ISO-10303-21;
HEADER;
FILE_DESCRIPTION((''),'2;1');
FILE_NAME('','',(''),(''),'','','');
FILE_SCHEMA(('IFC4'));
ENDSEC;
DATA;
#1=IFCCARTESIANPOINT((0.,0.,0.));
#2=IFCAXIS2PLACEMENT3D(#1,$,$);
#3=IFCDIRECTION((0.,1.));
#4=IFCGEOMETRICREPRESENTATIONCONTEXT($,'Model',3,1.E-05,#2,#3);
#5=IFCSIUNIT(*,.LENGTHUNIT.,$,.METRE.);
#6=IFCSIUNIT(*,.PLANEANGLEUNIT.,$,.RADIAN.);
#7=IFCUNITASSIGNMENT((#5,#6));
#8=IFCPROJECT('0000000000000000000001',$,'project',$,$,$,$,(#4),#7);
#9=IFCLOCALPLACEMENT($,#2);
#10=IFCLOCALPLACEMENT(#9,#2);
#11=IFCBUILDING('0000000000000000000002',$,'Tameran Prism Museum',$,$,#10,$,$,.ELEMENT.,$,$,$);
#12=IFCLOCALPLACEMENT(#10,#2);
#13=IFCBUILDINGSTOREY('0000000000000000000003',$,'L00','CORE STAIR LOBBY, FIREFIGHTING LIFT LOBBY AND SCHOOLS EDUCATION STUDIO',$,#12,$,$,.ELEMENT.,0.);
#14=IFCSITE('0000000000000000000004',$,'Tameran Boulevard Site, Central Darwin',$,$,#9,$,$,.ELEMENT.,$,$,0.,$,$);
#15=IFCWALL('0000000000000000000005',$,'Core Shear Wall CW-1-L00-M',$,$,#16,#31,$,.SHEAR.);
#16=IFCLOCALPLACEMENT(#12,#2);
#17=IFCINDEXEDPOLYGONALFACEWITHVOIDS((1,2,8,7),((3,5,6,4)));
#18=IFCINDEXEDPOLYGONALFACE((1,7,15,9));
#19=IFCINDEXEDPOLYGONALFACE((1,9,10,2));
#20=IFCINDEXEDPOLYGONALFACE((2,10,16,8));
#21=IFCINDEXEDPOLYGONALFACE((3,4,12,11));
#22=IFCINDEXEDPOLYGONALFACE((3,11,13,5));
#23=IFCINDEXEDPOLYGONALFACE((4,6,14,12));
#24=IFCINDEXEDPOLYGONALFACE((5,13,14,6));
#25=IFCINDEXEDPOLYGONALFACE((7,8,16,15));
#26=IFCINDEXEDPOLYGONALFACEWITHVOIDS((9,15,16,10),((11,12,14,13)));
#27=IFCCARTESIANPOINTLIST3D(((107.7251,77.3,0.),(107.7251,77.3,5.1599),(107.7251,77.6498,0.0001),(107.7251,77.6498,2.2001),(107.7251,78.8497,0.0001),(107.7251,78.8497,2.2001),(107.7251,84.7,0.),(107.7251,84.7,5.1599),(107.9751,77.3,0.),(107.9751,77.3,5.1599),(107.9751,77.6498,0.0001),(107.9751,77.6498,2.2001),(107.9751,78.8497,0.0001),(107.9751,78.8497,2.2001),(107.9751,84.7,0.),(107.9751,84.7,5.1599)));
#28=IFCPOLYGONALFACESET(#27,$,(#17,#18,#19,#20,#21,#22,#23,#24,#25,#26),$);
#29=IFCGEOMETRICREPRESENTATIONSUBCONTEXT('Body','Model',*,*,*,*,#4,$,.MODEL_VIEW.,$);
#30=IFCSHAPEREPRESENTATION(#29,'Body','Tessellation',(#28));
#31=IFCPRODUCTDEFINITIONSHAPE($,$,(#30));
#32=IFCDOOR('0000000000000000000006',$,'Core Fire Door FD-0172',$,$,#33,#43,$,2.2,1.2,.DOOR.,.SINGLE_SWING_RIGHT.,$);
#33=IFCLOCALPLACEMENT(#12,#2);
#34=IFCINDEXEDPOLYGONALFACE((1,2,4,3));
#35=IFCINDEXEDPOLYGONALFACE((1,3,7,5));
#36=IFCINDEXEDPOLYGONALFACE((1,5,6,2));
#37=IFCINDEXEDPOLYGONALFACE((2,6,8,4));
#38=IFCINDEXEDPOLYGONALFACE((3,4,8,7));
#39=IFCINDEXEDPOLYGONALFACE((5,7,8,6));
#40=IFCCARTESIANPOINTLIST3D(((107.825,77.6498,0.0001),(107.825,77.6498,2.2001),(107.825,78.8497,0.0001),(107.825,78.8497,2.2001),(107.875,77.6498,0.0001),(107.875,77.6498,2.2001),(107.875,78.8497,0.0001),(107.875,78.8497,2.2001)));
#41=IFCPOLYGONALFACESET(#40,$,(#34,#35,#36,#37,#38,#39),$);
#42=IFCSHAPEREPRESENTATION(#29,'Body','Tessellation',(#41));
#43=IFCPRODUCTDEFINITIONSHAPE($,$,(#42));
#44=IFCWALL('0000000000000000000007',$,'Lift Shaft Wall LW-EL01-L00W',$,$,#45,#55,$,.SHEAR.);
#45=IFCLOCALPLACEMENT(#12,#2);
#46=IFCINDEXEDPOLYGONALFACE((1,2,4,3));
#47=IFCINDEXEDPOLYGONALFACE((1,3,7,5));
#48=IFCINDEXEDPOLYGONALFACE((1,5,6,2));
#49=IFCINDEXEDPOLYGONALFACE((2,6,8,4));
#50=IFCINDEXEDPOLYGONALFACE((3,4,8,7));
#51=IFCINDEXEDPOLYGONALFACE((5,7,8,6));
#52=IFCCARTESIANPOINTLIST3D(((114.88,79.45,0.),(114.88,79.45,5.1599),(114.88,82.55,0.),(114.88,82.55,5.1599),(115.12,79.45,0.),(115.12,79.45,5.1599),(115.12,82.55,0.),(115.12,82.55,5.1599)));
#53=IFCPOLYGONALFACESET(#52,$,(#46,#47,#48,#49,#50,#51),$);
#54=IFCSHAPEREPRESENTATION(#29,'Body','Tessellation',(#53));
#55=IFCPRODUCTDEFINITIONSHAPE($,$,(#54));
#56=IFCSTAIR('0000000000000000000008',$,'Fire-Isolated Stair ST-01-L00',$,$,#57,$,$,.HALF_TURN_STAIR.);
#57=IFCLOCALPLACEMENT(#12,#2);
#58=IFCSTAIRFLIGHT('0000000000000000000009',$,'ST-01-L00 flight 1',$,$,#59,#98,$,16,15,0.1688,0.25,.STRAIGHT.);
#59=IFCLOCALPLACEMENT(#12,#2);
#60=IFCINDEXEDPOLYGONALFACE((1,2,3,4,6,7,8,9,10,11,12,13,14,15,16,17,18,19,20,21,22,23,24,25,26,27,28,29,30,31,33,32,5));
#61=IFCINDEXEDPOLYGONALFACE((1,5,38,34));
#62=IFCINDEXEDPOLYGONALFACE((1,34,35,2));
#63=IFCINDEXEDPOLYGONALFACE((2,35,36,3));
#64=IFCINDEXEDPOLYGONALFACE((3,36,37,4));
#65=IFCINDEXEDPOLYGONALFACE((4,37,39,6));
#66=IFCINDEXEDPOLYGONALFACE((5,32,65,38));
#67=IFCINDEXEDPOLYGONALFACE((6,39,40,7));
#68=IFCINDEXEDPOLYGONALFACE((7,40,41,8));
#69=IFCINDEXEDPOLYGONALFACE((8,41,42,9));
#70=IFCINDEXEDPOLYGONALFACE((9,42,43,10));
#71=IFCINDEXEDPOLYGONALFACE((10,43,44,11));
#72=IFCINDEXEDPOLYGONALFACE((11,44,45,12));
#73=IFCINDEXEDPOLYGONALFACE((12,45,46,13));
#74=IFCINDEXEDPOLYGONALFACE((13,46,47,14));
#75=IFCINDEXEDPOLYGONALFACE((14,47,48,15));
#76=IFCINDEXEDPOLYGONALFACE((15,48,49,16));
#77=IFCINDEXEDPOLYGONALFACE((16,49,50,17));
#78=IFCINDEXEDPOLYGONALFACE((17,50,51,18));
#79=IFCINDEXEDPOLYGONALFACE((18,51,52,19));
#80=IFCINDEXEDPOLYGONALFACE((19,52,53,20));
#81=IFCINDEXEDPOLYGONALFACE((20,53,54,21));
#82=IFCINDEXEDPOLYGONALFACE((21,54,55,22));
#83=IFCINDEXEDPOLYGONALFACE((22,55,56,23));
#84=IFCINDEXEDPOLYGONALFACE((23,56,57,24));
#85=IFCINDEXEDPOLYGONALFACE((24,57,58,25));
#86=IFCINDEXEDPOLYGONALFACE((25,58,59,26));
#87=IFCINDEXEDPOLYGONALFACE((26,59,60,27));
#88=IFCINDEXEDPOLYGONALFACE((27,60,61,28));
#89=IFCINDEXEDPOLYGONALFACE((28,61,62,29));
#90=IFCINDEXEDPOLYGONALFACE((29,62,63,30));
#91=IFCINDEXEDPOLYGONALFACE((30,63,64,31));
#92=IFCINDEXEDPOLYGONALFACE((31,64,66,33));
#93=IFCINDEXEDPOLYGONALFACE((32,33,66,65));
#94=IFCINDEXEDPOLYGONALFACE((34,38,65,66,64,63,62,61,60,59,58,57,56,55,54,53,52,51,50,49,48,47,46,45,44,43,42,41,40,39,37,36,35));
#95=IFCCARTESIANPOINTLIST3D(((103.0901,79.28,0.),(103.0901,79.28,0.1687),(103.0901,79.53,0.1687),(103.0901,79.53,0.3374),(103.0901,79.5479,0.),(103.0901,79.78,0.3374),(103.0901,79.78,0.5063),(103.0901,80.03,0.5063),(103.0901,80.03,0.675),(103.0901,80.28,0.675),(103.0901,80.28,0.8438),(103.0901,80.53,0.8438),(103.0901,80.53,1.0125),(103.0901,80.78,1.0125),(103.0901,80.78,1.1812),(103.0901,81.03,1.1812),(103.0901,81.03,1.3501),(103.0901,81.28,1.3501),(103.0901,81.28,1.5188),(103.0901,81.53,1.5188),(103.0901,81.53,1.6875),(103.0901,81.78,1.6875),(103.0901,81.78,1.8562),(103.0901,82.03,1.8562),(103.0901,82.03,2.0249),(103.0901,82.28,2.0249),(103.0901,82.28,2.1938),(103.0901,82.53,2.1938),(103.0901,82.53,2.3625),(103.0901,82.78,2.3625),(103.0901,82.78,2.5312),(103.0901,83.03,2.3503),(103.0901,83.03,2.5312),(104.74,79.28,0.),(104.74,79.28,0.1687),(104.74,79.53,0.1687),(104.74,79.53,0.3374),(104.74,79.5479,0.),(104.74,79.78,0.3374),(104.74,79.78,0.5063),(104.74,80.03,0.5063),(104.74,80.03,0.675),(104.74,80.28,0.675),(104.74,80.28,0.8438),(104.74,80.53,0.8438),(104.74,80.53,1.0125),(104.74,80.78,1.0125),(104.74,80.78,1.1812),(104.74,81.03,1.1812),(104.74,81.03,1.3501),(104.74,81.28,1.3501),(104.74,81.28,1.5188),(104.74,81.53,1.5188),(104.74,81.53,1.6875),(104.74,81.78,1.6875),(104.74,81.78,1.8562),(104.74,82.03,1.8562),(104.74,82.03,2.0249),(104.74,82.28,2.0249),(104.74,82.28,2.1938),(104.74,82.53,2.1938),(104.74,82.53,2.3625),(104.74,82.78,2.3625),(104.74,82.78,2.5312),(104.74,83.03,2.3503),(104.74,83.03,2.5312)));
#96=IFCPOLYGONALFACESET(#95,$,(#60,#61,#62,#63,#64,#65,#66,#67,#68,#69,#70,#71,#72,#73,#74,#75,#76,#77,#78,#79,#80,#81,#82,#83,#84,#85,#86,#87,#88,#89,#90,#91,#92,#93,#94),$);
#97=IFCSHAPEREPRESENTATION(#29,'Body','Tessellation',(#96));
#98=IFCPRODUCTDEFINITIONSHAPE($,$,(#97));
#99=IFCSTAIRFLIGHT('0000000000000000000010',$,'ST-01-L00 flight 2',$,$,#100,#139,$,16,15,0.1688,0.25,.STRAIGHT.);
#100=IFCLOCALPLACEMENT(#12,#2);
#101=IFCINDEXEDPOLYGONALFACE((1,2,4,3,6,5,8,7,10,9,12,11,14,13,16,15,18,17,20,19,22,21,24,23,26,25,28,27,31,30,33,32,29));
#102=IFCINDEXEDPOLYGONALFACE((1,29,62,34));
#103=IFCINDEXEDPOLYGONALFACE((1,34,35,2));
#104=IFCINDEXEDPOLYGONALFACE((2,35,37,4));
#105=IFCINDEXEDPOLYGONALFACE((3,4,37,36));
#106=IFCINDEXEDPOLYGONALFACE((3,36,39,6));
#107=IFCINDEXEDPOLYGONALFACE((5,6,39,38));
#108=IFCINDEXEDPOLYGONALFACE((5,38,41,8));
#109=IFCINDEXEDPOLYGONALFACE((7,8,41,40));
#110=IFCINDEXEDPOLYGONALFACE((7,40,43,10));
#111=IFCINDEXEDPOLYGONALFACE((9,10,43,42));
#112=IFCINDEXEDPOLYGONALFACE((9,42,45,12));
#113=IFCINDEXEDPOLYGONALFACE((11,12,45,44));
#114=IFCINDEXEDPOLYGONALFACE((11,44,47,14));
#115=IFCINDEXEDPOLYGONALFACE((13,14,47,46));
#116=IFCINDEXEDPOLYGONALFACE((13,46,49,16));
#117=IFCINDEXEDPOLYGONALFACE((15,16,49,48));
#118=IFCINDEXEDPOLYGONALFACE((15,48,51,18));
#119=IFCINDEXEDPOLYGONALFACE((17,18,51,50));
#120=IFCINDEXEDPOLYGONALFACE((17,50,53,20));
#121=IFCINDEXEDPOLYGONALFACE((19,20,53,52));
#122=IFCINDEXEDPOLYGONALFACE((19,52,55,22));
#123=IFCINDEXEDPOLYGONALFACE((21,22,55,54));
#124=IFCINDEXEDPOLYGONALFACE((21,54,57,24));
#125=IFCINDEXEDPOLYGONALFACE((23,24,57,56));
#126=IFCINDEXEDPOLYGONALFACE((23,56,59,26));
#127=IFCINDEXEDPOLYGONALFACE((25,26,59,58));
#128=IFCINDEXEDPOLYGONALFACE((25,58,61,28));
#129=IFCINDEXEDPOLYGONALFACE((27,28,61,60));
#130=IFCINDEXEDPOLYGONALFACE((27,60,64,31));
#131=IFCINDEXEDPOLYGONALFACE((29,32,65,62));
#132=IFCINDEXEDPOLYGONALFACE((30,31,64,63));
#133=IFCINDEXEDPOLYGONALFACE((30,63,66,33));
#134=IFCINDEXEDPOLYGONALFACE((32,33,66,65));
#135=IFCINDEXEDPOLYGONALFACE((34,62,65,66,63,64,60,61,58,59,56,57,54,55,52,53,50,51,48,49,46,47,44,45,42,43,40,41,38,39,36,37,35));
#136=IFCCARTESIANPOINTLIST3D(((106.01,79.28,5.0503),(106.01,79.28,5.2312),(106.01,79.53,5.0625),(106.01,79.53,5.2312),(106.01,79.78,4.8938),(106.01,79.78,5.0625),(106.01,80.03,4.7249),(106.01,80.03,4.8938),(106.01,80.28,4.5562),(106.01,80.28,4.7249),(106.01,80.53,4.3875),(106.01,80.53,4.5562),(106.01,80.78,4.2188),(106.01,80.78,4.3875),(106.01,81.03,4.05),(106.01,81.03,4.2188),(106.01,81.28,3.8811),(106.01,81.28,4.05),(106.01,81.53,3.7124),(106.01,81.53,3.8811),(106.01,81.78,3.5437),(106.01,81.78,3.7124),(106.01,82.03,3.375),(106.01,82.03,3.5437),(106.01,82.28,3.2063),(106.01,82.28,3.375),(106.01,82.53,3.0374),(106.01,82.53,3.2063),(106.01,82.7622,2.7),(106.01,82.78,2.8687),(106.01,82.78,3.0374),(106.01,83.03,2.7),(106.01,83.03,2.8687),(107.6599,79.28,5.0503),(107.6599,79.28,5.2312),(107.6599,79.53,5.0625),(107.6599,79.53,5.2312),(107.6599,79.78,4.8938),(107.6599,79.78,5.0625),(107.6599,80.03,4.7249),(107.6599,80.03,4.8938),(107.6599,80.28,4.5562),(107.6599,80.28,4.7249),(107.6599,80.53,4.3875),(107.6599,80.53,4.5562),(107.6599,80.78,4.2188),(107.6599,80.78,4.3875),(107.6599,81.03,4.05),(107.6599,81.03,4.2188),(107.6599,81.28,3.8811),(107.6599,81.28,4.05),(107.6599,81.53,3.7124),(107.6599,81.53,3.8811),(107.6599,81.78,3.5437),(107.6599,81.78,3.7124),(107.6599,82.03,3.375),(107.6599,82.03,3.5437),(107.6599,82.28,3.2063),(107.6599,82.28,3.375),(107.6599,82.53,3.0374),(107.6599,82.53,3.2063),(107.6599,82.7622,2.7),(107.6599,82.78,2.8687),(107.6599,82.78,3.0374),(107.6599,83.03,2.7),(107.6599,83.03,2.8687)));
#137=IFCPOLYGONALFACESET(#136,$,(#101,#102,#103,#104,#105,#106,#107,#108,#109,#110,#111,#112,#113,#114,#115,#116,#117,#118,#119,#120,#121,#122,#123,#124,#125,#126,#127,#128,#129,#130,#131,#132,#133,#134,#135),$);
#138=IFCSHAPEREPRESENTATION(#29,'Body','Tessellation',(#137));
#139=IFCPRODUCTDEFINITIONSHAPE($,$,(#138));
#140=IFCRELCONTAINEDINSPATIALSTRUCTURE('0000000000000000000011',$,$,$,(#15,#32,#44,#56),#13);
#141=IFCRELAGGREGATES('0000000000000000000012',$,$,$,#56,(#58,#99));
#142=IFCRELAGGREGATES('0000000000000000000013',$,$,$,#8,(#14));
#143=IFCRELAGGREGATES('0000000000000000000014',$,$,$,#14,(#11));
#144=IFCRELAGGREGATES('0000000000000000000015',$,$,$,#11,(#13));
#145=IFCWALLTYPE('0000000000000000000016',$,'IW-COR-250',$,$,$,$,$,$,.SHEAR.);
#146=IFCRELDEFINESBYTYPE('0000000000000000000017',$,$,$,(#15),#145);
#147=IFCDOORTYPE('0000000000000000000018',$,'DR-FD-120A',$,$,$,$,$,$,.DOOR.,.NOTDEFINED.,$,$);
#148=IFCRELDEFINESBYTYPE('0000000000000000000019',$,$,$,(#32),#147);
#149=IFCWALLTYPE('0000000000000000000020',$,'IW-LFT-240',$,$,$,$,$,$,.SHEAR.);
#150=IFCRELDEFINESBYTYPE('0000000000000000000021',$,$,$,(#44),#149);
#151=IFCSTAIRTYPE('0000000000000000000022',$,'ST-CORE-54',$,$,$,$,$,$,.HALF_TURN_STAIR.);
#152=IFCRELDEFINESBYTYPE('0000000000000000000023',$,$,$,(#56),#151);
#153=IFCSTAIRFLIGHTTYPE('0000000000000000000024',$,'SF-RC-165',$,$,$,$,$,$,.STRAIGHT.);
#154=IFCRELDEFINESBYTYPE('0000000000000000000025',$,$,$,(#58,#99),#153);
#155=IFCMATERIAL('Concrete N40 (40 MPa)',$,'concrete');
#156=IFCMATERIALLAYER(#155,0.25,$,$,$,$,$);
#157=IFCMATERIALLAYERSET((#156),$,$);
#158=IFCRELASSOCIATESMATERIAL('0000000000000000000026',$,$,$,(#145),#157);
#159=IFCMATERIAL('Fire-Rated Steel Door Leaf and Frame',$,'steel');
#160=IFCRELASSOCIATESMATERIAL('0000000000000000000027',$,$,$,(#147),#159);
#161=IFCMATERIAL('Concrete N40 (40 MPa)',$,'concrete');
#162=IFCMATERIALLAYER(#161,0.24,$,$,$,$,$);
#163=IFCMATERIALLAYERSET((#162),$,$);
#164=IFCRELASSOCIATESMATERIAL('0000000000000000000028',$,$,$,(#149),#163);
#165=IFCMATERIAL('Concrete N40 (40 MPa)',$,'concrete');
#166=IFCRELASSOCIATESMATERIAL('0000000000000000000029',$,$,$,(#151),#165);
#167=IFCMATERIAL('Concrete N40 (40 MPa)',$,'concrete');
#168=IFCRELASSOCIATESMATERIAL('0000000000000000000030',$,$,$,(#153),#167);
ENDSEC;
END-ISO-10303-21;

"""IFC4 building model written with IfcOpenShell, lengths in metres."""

from ifc_helpers import new_model, si_unit, direction, frame, frame_2d, origin, place, context, subcontext, project, spatial, polyline, rectangle, outline, extrude, material, layer, layer_set, type_object, element, fill, aggregate, save


model = new_model("IFC4")

# Units and contexts
model_context = context("Model", 3, precision=1e-05, world=origin(), true_north=direction((0.0, 1.0)))
body_context = subcontext(model_context, "Body", "Model", "MODEL_VIEW")
ifc_project = project(units=[si_unit("LENGTHUNIT", "METRE"), si_unit("PLANEANGLEUNIT", "RADIAN")], contexts=[model_context])

# Site, building, storey
site_placement = place(None, origin())
site = spatial("IfcSite", under=ifc_project, at=site_placement, Name="Tameran Boulevard Site, Central Darwin", CompositionType="ELEMENT", RefElevation=0.0)
building_placement = place(site_placement, origin())
building = spatial("IfcBuilding", under=site, at=building_placement, Name="Tameran Prism Museum", CompositionType="ELEMENT")
storey_placement = place(building_placement, origin())
storey = spatial("IfcBuildingStorey", under=building, at=storey_placement, Name="L00", Description="CORE STAIR LOBBY, FIREFIGHTING LIFT LOBBY AND SCHOOLS EDUCATION STUDIO", CompositionType="ELEMENT", Elevation=0.0)

# Shared definitions
ifc_material_1 = material(Name="Concrete N40 (40 MPa)", Category="concrete")
ifc_layer_1 = layer(ifc_material_1, 0.25)
ifc_layer_set_1 = layer_set([ifc_layer_1])
wall_type_1 = type_object("IfcWallType", Name="IW-COR-250", PredefinedType="SHEAR", material=ifc_layer_set_1)

# Wall, opening, door
ifc_material_2 = material(Name="Fire-Rated Steel Door Leaf and Frame", Category="steel")
door_type = type_object("IfcDoorType", Name="DR-FD-120A", OperationType="NOTDEFINED", PredefinedType="DOOR", material=ifc_material_2)
wall_1_placement = place(storey_placement, frame((107.8501, 84.7, 0.0), z_axis=(0.0, 0.0, 1.0), x_axis=(0.0, -1.0, 0.0)))
wall_1 = element("IfcWall", 1, at=wall_1_placement, inside=storey, type_object=wall_type_1, Name="Core Shear Wall CW-1-L00-M", PredefinedType="SHEAR", context=body_context, shape_type="SweptSolid", body=[
    extrude(rectangle(XDim=7.3999, YDim=0.25, at=frame_2d((3.7, 0.0))), origin(), (0.0, 0.0, 1.0), 5.1599),
])
opening_1_placement = place(wall_1_placement, frame((5.8501, 0.0, 0.0)))
opening_1 = element("IfcOpeningElement", 2, at=opening_1_placement, cuts=wall_1, PredefinedType="OPENING", context=body_context, shape_type="SweptSolid", body=[
    extrude(rectangle(XDim=1.2, YDim=2.2, at=frame_2d((0.6001, 1.1001))), frame((0.0, 0.135, 0.0), z_axis=(0.0, -1.0, 0.0), x_axis=(1.0, 0.0, 0.0)), (0.0, 0.0, 1.0), 0.27),
])
door_1_placement = place(opening_1_placement, origin())
door_1 = element("IfcDoor", 3, at=door_1_placement, inside=storey, type_object=door_type, Name="Core Fire Door FD-0172", OperationType="SINGLE_SWING_RIGHT", OverallHeight=2.2, OverallWidth=1.2, PredefinedType="DOOR", context=body_context, shape_type="SweptSolid", body=[
    extrude(rectangle(XDim=1.2, YDim=2.2, at=frame_2d((0.6001, 1.1001))), frame((0.0, 0.0249, 0.0), z_axis=(0.0, -1.0, 0.0), x_axis=(1.0, 0.0, 0.0)), (0.0, 0.0, 1.0), 0.05),
])
fill(opening_1, door_1)

# Wall
ifc_material_3 = material(Name="Concrete N40 (40 MPa)", Category="concrete")
ifc_layer_2 = layer(ifc_material_3, 0.24)
ifc_layer_set_2 = layer_set([ifc_layer_2])
wall_type_2 = type_object("IfcWallType", Name="IW-LFT-240", PredefinedType="SHEAR", material=ifc_layer_set_2)
wall_2_placement = place(storey_placement, frame((115.0, 79.45, 0.0), z_axis=(0.0, 0.0, 1.0), x_axis=(0.0, 1.0, 0.0)))
element("IfcWall", 4, at=wall_2_placement, inside=storey, type_object=wall_type_2, Name="Lift Shaft Wall LW-EL01-L00W", PredefinedType="SHEAR", context=body_context, shape_type="SweptSolid", body=[
    extrude(rectangle(XDim=3.1001, YDim=0.24, at=frame_2d((1.55, 0.0))), origin(), (0.0, 0.0, 1.0), 5.1599),
])

# Stair, stair flights
ifc_material_4 = material(Name="Concrete N40 (40 MPa)", Category="concrete")
stair_type = type_object("IfcStairType", Name="ST-CORE-54", PredefinedType="HALF_TURN_STAIR", material=ifc_material_4)
stair_placement = place(storey_placement, origin())
stair = element("IfcStair", 5, at=stair_placement, inside=storey, type_object=stair_type, Name="Fire-Isolated Stair ST-01-L00", PredefinedType="HALF_TURN_STAIR")
ifc_material_5 = material(Name="Concrete N40 (40 MPa)", Category="concrete")
stair_flight_type = type_object("IfcStairFlightType", Name="SF-RC-165", PredefinedType="STRAIGHT", material=ifc_material_5)
stair_flight_1_placement = place(storey_placement, frame((103.915, 79.28, 0.0), z_axis=(0.0, 0.0, 1.0), x_axis=(0.0, 1.0, 0.0)))
stair_flight_1 = element("IfcStairFlight", 6, at=stair_flight_1_placement, type_object=stair_flight_type, Name="ST-01-L00 flight 1", NumberOfRisers=16, NumberOfTreads=15, PredefinedType="STRAIGHT", RiserHeight=0.1688, TreadLength=0.25, context=body_context, shape_type="SweptSolid", body=[
    extrude(outline(polyline([(0.0, 0.0), (0.0, 0.1687), (0.25, 0.1687), (0.25, 0.3374), (0.5, 0.3374), (0.5, 0.5063), (0.75, 0.5063), (0.75, 0.675), (1.0, 0.675), (1.0, 0.8438), (1.25, 0.8438), (1.25, 1.0125), (1.5, 1.0125), (1.5, 1.1812), (1.75, 1.1812), (1.75, 1.3501), (2.0, 1.3501), (2.0, 1.5188), (2.25, 1.5188), (2.25, 1.6875), (2.5, 1.6875), (2.5, 1.8562), (2.75, 1.8562), (2.75, 2.0249), (3.0, 2.0249), (3.0, 2.1938), (3.25, 2.1938), (3.25, 2.3625), (3.5, 2.3625), (3.5, 2.5312), (3.75, 2.5312), (3.75, 2.7), (3.75, 2.3503), (0.2678, 0.0), (0.0, 0.0)])), frame((0.0, 0.825, 0.0), z_axis=(0.0, -1.0, 0.0), x_axis=(1.0, 0.0, 0.0)), (0.0, 0.0, 1.0), 1.6499),
])
stair_flight_2_placement = place(storey_placement, frame((106.835, 83.03, 2.7), z_axis=(0.0, 0.0, 1.0), x_axis=(0.0, -1.0, 0.0)))
stair_flight_2 = element("IfcStairFlight", 7, at=stair_flight_2_placement, type_object=stair_flight_type, Name="ST-01-L00 flight 2", NumberOfRisers=16, NumberOfTreads=15, PredefinedType="STRAIGHT", RiserHeight=0.1688, TreadLength=0.25, context=body_context, shape_type="SweptSolid", body=[
    extrude(outline(polyline([(0.0, 0.0), (0.0, 0.1687), (0.25, 0.1687), (0.25, 0.3374), (0.5, 0.3374), (0.5, 0.5063), (0.75, 0.5063), (0.75, 0.675), (1.0, 0.675), (1.0, 0.8438), (1.25, 0.8438), (1.25, 1.0125), (1.5, 1.0125), (1.5, 1.1812), (1.75, 1.1812), (1.75, 1.3501), (2.0, 1.3501), (2.0, 1.5188), (2.25, 1.5188), (2.25, 1.6875), (2.5, 1.6875), (2.5, 1.8562), (2.75, 1.8562), (2.75, 2.0249), (3.0, 2.0249), (3.0, 2.1938), (3.25, 2.1938), (3.25, 2.3625), (3.5, 2.3625), (3.5, 2.5312), (3.75, 2.5312), (3.75, 2.7), (3.75, 2.3503), (0.2678, 0.0), (0.0, 0.0)])), frame((0.0, 0.825, 0.0), z_axis=(0.0, -1.0, 0.0), x_axis=(1.0, 0.0, 0.0)), (0.0, 0.0, 1.0), 1.6499),
])
aggregate(stair, [stair_flight_1, stair_flight_2])

save(model, "model.ifc")
